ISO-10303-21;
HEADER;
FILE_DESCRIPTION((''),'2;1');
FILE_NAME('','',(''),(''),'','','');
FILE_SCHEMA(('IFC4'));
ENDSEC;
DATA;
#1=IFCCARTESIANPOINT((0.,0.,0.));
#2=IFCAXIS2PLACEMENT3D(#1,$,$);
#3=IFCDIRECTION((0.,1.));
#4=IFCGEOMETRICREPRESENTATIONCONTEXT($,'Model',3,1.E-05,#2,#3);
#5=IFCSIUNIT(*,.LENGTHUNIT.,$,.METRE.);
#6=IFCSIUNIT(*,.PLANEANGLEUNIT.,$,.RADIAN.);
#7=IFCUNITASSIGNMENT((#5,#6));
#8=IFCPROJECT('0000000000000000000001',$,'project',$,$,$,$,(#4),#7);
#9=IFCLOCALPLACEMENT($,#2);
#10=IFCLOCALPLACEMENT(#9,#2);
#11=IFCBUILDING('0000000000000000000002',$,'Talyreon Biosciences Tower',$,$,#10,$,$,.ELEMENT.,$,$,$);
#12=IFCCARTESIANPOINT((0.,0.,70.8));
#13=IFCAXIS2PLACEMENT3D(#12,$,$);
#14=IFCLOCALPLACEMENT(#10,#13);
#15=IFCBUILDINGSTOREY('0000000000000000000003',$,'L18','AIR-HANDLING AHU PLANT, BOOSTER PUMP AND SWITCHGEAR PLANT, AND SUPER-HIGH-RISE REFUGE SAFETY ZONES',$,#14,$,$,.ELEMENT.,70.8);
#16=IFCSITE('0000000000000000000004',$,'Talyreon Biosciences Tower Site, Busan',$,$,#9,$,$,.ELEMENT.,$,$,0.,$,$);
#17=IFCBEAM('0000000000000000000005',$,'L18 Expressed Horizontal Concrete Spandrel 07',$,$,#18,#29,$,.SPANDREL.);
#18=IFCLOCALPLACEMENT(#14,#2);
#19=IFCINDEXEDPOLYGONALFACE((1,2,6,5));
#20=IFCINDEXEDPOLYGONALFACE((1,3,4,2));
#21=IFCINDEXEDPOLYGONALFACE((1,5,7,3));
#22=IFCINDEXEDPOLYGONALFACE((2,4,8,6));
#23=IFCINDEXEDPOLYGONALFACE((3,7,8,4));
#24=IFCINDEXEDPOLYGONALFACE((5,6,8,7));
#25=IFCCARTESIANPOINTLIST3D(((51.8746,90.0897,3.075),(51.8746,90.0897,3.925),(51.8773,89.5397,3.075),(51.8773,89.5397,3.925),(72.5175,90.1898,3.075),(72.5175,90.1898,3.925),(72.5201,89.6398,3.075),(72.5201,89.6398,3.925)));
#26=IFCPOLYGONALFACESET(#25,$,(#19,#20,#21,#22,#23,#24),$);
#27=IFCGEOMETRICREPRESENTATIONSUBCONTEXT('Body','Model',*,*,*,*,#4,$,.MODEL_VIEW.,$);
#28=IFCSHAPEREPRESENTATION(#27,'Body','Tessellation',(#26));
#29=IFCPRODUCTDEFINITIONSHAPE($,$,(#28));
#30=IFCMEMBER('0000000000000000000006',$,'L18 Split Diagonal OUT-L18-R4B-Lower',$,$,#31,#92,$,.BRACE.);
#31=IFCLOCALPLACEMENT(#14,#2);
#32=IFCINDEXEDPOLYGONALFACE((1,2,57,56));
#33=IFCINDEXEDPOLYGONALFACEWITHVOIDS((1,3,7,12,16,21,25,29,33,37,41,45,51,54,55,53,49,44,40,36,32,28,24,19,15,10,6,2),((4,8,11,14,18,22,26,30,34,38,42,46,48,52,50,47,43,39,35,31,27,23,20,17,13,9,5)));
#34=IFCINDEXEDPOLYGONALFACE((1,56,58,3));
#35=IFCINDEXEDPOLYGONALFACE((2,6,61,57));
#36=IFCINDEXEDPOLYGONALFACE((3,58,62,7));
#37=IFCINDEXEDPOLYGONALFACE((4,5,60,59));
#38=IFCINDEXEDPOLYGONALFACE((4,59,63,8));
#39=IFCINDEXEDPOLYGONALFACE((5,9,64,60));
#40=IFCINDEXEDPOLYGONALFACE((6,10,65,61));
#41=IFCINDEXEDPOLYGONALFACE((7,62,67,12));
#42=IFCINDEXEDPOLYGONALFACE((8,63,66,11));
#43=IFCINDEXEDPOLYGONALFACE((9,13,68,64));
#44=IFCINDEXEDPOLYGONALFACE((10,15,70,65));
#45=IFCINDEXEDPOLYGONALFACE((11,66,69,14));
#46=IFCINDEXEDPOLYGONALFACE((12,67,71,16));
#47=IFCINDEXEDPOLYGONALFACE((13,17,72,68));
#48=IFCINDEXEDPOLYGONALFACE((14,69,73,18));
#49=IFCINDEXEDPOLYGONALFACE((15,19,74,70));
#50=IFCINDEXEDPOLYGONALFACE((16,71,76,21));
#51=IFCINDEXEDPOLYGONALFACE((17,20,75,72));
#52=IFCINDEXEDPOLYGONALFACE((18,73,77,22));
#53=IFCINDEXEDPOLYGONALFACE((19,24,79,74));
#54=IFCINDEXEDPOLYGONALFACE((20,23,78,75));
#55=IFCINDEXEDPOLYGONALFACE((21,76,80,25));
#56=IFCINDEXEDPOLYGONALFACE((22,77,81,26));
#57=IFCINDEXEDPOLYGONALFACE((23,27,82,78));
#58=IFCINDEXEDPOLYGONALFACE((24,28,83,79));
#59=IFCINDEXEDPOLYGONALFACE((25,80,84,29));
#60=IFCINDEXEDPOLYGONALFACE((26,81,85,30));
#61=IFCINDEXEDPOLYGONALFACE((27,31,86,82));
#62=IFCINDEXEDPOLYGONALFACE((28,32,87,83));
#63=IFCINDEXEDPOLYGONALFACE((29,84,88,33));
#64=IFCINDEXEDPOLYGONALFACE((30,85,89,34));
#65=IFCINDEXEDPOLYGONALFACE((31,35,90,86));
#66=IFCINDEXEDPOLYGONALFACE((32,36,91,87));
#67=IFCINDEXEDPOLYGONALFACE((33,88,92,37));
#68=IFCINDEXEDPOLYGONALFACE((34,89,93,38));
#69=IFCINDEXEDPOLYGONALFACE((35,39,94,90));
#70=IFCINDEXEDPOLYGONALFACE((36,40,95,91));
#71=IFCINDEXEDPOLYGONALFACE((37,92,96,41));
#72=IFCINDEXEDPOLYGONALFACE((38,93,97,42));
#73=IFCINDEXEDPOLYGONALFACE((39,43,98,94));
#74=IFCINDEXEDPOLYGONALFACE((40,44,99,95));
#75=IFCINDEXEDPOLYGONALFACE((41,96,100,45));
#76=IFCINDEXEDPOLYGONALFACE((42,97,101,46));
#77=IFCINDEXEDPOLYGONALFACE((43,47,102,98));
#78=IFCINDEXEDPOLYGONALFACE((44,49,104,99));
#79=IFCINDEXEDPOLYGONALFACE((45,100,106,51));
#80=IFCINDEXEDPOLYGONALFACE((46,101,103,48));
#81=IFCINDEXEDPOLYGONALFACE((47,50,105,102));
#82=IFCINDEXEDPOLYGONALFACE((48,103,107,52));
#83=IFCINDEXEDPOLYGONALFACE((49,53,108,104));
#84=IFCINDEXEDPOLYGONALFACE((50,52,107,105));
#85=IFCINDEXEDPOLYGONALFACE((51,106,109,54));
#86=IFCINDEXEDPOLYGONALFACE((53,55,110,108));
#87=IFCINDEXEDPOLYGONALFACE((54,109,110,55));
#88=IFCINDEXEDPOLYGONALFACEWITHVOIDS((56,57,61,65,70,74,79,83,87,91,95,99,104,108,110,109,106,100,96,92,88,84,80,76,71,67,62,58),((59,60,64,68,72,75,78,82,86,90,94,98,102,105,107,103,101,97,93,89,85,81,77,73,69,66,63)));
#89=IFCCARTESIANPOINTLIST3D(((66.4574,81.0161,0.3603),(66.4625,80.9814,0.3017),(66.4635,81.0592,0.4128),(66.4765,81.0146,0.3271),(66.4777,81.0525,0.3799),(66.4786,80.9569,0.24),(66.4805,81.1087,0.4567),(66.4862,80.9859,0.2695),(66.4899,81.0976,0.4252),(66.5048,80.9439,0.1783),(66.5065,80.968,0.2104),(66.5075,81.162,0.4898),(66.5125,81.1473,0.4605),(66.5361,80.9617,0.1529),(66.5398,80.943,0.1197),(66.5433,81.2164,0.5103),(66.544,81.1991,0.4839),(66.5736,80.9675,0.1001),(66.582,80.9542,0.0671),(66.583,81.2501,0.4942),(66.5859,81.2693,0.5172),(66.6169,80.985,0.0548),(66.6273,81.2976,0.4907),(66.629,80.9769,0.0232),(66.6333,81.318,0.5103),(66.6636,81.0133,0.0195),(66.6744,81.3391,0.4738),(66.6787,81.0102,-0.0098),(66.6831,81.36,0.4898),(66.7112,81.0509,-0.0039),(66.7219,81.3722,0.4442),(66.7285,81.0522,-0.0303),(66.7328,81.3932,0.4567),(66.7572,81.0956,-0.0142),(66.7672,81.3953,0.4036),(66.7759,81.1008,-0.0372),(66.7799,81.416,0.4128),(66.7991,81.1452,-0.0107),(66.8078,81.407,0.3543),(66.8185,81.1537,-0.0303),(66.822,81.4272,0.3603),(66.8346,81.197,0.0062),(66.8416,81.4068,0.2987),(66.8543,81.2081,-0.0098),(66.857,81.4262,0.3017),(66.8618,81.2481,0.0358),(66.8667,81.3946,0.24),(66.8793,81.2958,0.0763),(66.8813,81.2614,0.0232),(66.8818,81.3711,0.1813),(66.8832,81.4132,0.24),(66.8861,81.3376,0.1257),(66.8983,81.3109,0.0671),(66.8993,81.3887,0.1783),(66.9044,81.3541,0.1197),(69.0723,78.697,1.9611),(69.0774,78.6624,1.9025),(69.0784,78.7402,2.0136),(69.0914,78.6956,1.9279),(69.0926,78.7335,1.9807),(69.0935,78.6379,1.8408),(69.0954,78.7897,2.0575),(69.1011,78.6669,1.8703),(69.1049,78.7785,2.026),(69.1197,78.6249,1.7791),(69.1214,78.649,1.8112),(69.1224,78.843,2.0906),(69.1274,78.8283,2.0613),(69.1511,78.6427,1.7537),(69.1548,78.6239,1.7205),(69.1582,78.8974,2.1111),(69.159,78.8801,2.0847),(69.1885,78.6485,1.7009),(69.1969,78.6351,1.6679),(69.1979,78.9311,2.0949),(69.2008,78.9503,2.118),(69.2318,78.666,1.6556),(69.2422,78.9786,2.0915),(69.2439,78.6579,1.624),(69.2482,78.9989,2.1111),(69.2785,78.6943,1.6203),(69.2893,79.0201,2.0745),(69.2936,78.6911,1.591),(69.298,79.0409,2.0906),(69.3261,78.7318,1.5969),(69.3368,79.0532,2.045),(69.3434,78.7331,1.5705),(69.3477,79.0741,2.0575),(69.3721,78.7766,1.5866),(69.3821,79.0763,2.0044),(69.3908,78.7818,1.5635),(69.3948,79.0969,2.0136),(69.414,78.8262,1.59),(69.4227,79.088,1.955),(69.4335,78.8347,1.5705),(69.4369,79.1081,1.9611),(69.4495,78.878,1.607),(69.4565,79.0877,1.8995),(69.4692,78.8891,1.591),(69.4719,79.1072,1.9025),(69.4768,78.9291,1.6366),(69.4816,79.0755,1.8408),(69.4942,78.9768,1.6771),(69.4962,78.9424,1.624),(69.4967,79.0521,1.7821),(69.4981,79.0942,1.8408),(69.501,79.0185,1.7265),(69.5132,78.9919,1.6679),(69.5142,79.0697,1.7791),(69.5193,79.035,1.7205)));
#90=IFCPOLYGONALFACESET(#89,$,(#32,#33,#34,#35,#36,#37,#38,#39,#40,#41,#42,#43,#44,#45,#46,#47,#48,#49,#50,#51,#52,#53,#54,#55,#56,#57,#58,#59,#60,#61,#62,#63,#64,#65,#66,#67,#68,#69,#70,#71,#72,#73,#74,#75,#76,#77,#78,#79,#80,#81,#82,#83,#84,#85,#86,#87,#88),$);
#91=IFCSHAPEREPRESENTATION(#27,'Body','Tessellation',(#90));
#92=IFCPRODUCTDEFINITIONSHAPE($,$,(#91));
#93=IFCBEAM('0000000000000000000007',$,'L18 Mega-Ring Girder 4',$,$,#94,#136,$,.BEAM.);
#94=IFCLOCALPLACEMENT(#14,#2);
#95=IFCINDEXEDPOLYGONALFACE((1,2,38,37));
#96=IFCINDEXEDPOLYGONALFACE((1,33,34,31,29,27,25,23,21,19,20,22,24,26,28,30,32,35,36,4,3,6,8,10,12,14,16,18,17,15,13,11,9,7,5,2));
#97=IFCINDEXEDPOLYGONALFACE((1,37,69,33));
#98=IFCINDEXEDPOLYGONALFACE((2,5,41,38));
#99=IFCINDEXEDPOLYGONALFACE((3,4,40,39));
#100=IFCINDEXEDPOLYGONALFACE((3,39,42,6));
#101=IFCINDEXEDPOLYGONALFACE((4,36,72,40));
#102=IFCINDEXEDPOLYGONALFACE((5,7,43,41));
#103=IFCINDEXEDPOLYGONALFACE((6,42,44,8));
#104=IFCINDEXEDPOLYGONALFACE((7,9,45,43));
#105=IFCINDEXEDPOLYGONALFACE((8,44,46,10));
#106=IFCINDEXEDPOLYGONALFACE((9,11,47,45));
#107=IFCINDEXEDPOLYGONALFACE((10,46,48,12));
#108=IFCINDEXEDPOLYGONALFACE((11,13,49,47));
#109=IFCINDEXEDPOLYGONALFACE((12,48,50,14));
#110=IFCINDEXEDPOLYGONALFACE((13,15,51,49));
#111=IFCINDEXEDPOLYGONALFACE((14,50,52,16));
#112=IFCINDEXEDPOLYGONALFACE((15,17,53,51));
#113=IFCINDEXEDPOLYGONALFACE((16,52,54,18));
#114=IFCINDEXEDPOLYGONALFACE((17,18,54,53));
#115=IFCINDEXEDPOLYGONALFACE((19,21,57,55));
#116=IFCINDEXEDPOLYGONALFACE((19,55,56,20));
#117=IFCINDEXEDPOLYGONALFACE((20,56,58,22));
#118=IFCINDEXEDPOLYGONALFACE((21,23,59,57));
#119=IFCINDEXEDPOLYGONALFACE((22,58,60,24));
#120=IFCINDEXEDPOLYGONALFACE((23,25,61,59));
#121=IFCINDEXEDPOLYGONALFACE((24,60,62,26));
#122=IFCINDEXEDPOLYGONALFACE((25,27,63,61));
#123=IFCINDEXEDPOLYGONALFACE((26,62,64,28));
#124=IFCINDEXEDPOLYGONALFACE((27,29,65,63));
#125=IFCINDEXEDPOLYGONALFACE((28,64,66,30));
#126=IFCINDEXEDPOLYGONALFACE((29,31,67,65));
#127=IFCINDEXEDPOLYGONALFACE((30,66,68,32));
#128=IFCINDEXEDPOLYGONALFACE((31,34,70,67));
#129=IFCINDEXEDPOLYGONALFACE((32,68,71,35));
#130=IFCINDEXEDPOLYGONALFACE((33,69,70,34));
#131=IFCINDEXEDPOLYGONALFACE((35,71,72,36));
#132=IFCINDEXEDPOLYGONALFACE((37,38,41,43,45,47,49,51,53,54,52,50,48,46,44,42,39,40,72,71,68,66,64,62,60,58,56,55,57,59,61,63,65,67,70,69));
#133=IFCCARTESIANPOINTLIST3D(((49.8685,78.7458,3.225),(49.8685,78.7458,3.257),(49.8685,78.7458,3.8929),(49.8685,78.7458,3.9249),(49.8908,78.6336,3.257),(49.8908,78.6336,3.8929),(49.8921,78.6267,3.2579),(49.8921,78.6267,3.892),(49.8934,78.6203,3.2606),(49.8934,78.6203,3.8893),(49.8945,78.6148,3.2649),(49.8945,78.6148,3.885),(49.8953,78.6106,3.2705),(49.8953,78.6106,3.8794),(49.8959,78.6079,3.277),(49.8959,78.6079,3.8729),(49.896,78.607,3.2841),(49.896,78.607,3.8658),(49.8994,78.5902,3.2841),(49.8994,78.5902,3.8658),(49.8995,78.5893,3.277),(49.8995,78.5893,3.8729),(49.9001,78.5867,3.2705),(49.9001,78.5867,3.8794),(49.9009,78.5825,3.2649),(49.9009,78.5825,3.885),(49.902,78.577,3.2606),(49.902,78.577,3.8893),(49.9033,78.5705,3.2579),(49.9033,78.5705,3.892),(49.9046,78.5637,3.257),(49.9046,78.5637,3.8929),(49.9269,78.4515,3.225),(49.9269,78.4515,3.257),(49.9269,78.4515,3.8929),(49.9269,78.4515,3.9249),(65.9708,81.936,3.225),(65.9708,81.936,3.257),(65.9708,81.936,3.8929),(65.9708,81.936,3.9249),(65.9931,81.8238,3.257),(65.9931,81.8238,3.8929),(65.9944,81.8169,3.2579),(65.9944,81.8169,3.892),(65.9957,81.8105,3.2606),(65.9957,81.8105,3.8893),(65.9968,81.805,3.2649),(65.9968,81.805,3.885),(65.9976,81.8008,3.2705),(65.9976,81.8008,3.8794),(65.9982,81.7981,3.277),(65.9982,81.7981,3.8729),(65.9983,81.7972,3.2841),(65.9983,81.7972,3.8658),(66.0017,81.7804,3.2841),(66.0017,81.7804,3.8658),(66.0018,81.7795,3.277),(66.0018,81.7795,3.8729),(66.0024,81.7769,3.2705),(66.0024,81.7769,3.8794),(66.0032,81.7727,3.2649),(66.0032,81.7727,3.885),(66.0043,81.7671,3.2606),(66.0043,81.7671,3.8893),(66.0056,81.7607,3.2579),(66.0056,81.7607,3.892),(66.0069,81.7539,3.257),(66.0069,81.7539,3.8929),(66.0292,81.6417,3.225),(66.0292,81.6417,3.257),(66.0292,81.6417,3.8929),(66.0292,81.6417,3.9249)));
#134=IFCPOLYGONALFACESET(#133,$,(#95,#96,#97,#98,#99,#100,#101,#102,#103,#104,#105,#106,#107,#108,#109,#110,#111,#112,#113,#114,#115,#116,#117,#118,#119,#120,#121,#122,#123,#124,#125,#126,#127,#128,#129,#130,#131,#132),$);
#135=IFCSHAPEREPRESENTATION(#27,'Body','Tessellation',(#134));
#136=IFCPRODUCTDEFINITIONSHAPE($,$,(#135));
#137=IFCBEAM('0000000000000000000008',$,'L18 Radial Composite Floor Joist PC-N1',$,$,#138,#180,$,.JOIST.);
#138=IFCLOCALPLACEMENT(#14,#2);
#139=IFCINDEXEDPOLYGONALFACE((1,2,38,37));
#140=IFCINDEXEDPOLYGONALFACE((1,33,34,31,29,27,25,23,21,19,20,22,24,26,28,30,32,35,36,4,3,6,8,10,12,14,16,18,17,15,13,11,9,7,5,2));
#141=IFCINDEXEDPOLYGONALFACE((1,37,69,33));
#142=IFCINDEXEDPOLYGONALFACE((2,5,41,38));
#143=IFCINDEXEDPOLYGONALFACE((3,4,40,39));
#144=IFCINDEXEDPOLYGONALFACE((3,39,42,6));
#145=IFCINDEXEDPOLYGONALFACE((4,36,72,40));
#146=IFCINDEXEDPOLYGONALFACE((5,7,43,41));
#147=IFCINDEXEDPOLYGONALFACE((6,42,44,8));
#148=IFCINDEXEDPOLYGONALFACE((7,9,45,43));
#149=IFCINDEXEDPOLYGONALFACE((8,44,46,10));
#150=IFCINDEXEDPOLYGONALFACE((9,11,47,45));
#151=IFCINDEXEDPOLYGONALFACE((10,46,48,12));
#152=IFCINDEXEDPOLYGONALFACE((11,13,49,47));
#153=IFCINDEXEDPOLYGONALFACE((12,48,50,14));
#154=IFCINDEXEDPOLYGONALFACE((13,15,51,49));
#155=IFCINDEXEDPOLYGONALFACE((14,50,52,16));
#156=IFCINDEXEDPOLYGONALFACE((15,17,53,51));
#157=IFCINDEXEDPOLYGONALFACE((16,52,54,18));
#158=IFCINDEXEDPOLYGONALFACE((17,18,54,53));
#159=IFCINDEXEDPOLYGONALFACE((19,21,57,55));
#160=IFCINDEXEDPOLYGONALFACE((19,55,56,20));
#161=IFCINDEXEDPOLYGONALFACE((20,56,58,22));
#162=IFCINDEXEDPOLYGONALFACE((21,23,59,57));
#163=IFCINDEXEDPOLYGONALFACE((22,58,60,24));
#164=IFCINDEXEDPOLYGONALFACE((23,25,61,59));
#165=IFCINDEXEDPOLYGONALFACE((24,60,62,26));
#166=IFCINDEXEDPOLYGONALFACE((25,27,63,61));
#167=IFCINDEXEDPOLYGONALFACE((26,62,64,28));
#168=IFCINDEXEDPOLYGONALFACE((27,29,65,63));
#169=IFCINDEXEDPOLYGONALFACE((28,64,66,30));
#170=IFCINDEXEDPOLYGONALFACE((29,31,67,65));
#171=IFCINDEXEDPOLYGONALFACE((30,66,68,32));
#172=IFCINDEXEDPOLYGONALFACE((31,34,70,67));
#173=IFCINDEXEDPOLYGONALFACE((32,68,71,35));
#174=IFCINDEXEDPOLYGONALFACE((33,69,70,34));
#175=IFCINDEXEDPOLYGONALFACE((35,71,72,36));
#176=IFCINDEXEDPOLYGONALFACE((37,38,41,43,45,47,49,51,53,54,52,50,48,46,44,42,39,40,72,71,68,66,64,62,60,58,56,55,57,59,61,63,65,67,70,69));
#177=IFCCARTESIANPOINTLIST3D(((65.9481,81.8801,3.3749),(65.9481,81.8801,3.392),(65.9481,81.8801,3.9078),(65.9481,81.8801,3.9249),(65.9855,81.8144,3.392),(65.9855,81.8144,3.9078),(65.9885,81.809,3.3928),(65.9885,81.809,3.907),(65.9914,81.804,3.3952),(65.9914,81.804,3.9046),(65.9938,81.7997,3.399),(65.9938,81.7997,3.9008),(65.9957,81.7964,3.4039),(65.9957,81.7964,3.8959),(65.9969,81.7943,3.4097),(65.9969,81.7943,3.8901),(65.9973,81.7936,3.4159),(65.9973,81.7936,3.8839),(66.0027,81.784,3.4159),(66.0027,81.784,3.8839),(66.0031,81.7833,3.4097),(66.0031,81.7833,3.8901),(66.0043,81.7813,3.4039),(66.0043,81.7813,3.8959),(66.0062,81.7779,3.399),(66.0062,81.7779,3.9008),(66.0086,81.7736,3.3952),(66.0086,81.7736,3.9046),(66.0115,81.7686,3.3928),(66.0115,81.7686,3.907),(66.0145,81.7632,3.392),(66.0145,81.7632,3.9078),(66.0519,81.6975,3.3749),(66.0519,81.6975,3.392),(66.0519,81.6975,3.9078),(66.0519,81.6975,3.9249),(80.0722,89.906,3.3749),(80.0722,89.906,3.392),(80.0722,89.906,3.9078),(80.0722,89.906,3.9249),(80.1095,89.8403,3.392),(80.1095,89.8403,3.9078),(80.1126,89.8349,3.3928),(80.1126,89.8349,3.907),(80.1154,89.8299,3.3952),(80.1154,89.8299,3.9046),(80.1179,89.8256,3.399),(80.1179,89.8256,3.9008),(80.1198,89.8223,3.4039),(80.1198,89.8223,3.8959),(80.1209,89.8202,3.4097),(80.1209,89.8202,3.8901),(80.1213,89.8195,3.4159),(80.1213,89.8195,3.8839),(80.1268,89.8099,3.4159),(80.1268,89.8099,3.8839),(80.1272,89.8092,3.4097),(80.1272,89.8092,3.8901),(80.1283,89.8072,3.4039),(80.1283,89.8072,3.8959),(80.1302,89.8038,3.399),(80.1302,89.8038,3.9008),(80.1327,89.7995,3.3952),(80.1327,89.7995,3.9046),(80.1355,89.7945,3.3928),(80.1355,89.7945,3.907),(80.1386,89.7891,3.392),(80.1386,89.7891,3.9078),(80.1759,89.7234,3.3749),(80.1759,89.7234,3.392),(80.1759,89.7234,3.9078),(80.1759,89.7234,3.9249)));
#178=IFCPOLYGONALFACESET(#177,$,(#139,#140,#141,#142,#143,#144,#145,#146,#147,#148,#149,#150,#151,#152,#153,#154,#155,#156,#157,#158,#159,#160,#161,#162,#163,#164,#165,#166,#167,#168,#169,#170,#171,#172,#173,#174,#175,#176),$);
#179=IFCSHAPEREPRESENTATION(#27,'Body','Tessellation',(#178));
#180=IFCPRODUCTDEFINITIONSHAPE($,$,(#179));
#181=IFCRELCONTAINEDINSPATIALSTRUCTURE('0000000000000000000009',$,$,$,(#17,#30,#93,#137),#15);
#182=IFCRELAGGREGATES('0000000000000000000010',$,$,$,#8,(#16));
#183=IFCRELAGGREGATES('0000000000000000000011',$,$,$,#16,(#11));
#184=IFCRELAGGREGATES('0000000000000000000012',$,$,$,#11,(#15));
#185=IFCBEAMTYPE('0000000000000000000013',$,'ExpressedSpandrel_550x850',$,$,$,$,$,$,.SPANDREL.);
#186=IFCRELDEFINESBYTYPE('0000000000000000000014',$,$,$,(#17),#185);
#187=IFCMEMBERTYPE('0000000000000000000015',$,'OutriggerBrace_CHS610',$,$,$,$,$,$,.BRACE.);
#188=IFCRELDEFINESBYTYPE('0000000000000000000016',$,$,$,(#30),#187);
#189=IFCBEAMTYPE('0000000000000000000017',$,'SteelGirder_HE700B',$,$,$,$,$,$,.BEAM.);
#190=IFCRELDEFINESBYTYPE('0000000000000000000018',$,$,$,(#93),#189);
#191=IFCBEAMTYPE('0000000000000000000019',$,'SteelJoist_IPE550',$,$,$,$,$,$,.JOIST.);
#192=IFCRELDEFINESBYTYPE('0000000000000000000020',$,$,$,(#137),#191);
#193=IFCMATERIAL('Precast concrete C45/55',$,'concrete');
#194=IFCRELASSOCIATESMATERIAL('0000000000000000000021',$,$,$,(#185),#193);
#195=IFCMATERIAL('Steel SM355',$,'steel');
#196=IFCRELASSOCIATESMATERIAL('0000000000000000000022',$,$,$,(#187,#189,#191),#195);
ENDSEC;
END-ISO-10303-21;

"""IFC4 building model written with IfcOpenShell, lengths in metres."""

from ifc_helpers import new_model, si_unit, direction, frame, origin, origin_2d, place, context, subcontext, project, spatial, rectangle, hollow_circle, i_section, extrude, material, material_profile, profile_set, type_object, element, save


model = new_model("IFC4")

# Units and contexts
model_context = context("Model", 3, precision=1e-05, world=origin(), true_north=direction((0.0, 1.0)))
body_context = subcontext(model_context, "Body", "Model", "MODEL_VIEW")
ifc_project = project(units=[si_unit("LENGTHUNIT", "METRE"), si_unit("PLANEANGLEUNIT", "RADIAN")], contexts=[model_context])

# Site, building, storey
site_placement = place(None, origin())
site = spatial("IfcSite", under=ifc_project, at=site_placement, Name="Talyreon Biosciences Tower Site, Busan", CompositionType="ELEMENT", RefElevation=0.0)
building_placement = place(site_placement, origin())
building = spatial("IfcBuilding", under=site, at=building_placement, Name="Talyreon Biosciences Tower", CompositionType="ELEMENT")
storey_placement = place(building_placement, frame((0.0, 0.0, 70.8)))
storey = spatial("IfcBuildingStorey", under=building, at=storey_placement, Name="L18", Description="AIR-HANDLING AHU PLANT, BOOSTER PUMP AND SWITCHGEAR PLANT, AND SUPER-HIGH-RISE REFUGE SAFETY ZONES", CompositionType="ELEMENT", Elevation=70.8)

# Shared definitions
ifc_material_1 = material(Name="Precast concrete C45/55", Category="concrete")

# Shared definitions
ifc_material_2 = material(Name="Steel SM355", Category="steel")

# Beam
ifc_material_profile_1 = material_profile(ifc_material_1, rectangle(XDim=0.55, YDim=0.8501, at=origin_2d()), Name="RCB 550x850")
ifc_profile_set_1 = profile_set([ifc_material_profile_1], Name="Precast concrete C45/55")
beam_type_1 = type_object("IfcBeamType", Name="ExpressedSpandrel_550x850", PredefinedType="SPANDREL", material=ifc_profile_set_1)
beam_1_placement = place(storey_placement, frame((72.5188, 89.9148, 3.5), z_axis=(-0.999988, -0.004849, 0.0), x_axis=(0.004849, -0.999988, 0.0)))
element("IfcBeam", 1, at=beam_1_placement, inside=storey, type_object=beam_type_1, Name="L18 Expressed Horizontal Concrete Spandrel 07", PredefinedType="SPANDREL", context=body_context, shape_type="SweptSolid", body=[
    extrude(rectangle(XDim=0.55, YDim=0.8501, at=origin_2d()), origin(), (0.0, 0.0, 1.0), 20.6431),
])

# Member
ifc_material_profile_2 = material_profile(ifc_material_2, hollow_circle(Radius=0.3049, WallThickness=0.0249, at=origin_2d()), Name="CHS 610x25")
ifc_profile_set_2 = profile_set([ifc_material_profile_2], Name="Steel SM355")
member_type_1 = type_object("IfcMemberType", Name="OutriggerBrace_CHS610", PredefinedType="BRACE", material=ifc_profile_set_2)
member_1_placement = place(storey_placement, frame((66.6809, 81.1851, 0.24), z_axis=(0.680217, -0.603247, 0.416411), x_axis=(0.663509, 0.748168, 0.0)))
element("IfcMember", 2, at=member_1_placement, inside=storey, type_object=member_type_1, Name="L18 Split Diagonal OUT-L18-R4B-Lower", PredefinedType="BRACE", context=body_context, shape_type="SweptSolid", body=[
    extrude(hollow_circle(Radius=0.3049, WallThickness=0.0249, at=origin_2d()), origin(), (0.0, 0.0, 1.0), 3.8442),
])

# Beams
ifc_material_profile_3 = material_profile(ifc_material_2, i_section(OverallWidth=0.3, OverallDepth=0.7, WebThickness=0.0171, FlangeThickness=0.032, FilletRadius=0.0271, at=origin_2d()), Name="HE700B")
ifc_profile_set_3 = profile_set([ifc_material_profile_3], Name="Steel SM355")
beam_type_2 = type_object("IfcBeamType", Name="SteelGirder_HE700B", PredefinedType="BEAM", material=ifc_profile_set_3)
beam_2_placement = place(storey_placement, frame((66.0, 81.7888, 3.575), z_axis=(-0.980934, -0.194343, 0.0), x_axis=(0.194343, -0.980934, 0.0)))
element("IfcBeam", 3, at=beam_2_placement, inside=storey, type_object=beam_type_2, Name="L18 Mega-Ring Girder 4", PredefinedType="BEAM", context=body_context, shape_type="SweptSolid", body=[
    extrude(i_section(OverallWidth=0.3, OverallDepth=0.7, WebThickness=0.0171, FlangeThickness=0.032, FilletRadius=0.0271, at=origin_2d()), origin(), (0.0, 0.0, 1.0), 16.4153),
])
ifc_material_profile_4 = material_profile(ifc_material_2, i_section(OverallWidth=0.21, OverallDepth=0.55, WebThickness=0.011, FlangeThickness=0.0171, FilletRadius=0.0239, at=origin_2d()), Name="IPE550")
ifc_profile_set_4 = profile_set([ifc_material_profile_4], Name="Steel SM355")
beam_type_3 = type_object("IfcBeamType", Name="SteelJoist_IPE550", PredefinedType="JOIST", material=ifc_profile_set_4)
for number, where, z_axis, x_axis, name in (
    (4, (66.0, 81.7888, 3.6499), (0.869434, 0.49405, 0.0), (-0.49405, 0.869434, 0.0), "L18 Radial Composite Floor Joist PC-N1"),
):
    element("IfcBeam", number, at=place(storey_placement, frame(where, z_axis=z_axis, x_axis=x_axis)), inside=storey, type_object=beam_type_3, Name=name, PredefinedType="JOIST", context=body_context, shape_type="SweptSolid", body=[
        extrude(i_section(OverallWidth=0.21, OverallDepth=0.55, WebThickness=0.011, FlangeThickness=0.0171, FilletRadius=0.0239, at=origin_2d()), origin(), (0.0, 0.0, 1.0), 16.2451),
    ])

save(model, "model.ifc")
